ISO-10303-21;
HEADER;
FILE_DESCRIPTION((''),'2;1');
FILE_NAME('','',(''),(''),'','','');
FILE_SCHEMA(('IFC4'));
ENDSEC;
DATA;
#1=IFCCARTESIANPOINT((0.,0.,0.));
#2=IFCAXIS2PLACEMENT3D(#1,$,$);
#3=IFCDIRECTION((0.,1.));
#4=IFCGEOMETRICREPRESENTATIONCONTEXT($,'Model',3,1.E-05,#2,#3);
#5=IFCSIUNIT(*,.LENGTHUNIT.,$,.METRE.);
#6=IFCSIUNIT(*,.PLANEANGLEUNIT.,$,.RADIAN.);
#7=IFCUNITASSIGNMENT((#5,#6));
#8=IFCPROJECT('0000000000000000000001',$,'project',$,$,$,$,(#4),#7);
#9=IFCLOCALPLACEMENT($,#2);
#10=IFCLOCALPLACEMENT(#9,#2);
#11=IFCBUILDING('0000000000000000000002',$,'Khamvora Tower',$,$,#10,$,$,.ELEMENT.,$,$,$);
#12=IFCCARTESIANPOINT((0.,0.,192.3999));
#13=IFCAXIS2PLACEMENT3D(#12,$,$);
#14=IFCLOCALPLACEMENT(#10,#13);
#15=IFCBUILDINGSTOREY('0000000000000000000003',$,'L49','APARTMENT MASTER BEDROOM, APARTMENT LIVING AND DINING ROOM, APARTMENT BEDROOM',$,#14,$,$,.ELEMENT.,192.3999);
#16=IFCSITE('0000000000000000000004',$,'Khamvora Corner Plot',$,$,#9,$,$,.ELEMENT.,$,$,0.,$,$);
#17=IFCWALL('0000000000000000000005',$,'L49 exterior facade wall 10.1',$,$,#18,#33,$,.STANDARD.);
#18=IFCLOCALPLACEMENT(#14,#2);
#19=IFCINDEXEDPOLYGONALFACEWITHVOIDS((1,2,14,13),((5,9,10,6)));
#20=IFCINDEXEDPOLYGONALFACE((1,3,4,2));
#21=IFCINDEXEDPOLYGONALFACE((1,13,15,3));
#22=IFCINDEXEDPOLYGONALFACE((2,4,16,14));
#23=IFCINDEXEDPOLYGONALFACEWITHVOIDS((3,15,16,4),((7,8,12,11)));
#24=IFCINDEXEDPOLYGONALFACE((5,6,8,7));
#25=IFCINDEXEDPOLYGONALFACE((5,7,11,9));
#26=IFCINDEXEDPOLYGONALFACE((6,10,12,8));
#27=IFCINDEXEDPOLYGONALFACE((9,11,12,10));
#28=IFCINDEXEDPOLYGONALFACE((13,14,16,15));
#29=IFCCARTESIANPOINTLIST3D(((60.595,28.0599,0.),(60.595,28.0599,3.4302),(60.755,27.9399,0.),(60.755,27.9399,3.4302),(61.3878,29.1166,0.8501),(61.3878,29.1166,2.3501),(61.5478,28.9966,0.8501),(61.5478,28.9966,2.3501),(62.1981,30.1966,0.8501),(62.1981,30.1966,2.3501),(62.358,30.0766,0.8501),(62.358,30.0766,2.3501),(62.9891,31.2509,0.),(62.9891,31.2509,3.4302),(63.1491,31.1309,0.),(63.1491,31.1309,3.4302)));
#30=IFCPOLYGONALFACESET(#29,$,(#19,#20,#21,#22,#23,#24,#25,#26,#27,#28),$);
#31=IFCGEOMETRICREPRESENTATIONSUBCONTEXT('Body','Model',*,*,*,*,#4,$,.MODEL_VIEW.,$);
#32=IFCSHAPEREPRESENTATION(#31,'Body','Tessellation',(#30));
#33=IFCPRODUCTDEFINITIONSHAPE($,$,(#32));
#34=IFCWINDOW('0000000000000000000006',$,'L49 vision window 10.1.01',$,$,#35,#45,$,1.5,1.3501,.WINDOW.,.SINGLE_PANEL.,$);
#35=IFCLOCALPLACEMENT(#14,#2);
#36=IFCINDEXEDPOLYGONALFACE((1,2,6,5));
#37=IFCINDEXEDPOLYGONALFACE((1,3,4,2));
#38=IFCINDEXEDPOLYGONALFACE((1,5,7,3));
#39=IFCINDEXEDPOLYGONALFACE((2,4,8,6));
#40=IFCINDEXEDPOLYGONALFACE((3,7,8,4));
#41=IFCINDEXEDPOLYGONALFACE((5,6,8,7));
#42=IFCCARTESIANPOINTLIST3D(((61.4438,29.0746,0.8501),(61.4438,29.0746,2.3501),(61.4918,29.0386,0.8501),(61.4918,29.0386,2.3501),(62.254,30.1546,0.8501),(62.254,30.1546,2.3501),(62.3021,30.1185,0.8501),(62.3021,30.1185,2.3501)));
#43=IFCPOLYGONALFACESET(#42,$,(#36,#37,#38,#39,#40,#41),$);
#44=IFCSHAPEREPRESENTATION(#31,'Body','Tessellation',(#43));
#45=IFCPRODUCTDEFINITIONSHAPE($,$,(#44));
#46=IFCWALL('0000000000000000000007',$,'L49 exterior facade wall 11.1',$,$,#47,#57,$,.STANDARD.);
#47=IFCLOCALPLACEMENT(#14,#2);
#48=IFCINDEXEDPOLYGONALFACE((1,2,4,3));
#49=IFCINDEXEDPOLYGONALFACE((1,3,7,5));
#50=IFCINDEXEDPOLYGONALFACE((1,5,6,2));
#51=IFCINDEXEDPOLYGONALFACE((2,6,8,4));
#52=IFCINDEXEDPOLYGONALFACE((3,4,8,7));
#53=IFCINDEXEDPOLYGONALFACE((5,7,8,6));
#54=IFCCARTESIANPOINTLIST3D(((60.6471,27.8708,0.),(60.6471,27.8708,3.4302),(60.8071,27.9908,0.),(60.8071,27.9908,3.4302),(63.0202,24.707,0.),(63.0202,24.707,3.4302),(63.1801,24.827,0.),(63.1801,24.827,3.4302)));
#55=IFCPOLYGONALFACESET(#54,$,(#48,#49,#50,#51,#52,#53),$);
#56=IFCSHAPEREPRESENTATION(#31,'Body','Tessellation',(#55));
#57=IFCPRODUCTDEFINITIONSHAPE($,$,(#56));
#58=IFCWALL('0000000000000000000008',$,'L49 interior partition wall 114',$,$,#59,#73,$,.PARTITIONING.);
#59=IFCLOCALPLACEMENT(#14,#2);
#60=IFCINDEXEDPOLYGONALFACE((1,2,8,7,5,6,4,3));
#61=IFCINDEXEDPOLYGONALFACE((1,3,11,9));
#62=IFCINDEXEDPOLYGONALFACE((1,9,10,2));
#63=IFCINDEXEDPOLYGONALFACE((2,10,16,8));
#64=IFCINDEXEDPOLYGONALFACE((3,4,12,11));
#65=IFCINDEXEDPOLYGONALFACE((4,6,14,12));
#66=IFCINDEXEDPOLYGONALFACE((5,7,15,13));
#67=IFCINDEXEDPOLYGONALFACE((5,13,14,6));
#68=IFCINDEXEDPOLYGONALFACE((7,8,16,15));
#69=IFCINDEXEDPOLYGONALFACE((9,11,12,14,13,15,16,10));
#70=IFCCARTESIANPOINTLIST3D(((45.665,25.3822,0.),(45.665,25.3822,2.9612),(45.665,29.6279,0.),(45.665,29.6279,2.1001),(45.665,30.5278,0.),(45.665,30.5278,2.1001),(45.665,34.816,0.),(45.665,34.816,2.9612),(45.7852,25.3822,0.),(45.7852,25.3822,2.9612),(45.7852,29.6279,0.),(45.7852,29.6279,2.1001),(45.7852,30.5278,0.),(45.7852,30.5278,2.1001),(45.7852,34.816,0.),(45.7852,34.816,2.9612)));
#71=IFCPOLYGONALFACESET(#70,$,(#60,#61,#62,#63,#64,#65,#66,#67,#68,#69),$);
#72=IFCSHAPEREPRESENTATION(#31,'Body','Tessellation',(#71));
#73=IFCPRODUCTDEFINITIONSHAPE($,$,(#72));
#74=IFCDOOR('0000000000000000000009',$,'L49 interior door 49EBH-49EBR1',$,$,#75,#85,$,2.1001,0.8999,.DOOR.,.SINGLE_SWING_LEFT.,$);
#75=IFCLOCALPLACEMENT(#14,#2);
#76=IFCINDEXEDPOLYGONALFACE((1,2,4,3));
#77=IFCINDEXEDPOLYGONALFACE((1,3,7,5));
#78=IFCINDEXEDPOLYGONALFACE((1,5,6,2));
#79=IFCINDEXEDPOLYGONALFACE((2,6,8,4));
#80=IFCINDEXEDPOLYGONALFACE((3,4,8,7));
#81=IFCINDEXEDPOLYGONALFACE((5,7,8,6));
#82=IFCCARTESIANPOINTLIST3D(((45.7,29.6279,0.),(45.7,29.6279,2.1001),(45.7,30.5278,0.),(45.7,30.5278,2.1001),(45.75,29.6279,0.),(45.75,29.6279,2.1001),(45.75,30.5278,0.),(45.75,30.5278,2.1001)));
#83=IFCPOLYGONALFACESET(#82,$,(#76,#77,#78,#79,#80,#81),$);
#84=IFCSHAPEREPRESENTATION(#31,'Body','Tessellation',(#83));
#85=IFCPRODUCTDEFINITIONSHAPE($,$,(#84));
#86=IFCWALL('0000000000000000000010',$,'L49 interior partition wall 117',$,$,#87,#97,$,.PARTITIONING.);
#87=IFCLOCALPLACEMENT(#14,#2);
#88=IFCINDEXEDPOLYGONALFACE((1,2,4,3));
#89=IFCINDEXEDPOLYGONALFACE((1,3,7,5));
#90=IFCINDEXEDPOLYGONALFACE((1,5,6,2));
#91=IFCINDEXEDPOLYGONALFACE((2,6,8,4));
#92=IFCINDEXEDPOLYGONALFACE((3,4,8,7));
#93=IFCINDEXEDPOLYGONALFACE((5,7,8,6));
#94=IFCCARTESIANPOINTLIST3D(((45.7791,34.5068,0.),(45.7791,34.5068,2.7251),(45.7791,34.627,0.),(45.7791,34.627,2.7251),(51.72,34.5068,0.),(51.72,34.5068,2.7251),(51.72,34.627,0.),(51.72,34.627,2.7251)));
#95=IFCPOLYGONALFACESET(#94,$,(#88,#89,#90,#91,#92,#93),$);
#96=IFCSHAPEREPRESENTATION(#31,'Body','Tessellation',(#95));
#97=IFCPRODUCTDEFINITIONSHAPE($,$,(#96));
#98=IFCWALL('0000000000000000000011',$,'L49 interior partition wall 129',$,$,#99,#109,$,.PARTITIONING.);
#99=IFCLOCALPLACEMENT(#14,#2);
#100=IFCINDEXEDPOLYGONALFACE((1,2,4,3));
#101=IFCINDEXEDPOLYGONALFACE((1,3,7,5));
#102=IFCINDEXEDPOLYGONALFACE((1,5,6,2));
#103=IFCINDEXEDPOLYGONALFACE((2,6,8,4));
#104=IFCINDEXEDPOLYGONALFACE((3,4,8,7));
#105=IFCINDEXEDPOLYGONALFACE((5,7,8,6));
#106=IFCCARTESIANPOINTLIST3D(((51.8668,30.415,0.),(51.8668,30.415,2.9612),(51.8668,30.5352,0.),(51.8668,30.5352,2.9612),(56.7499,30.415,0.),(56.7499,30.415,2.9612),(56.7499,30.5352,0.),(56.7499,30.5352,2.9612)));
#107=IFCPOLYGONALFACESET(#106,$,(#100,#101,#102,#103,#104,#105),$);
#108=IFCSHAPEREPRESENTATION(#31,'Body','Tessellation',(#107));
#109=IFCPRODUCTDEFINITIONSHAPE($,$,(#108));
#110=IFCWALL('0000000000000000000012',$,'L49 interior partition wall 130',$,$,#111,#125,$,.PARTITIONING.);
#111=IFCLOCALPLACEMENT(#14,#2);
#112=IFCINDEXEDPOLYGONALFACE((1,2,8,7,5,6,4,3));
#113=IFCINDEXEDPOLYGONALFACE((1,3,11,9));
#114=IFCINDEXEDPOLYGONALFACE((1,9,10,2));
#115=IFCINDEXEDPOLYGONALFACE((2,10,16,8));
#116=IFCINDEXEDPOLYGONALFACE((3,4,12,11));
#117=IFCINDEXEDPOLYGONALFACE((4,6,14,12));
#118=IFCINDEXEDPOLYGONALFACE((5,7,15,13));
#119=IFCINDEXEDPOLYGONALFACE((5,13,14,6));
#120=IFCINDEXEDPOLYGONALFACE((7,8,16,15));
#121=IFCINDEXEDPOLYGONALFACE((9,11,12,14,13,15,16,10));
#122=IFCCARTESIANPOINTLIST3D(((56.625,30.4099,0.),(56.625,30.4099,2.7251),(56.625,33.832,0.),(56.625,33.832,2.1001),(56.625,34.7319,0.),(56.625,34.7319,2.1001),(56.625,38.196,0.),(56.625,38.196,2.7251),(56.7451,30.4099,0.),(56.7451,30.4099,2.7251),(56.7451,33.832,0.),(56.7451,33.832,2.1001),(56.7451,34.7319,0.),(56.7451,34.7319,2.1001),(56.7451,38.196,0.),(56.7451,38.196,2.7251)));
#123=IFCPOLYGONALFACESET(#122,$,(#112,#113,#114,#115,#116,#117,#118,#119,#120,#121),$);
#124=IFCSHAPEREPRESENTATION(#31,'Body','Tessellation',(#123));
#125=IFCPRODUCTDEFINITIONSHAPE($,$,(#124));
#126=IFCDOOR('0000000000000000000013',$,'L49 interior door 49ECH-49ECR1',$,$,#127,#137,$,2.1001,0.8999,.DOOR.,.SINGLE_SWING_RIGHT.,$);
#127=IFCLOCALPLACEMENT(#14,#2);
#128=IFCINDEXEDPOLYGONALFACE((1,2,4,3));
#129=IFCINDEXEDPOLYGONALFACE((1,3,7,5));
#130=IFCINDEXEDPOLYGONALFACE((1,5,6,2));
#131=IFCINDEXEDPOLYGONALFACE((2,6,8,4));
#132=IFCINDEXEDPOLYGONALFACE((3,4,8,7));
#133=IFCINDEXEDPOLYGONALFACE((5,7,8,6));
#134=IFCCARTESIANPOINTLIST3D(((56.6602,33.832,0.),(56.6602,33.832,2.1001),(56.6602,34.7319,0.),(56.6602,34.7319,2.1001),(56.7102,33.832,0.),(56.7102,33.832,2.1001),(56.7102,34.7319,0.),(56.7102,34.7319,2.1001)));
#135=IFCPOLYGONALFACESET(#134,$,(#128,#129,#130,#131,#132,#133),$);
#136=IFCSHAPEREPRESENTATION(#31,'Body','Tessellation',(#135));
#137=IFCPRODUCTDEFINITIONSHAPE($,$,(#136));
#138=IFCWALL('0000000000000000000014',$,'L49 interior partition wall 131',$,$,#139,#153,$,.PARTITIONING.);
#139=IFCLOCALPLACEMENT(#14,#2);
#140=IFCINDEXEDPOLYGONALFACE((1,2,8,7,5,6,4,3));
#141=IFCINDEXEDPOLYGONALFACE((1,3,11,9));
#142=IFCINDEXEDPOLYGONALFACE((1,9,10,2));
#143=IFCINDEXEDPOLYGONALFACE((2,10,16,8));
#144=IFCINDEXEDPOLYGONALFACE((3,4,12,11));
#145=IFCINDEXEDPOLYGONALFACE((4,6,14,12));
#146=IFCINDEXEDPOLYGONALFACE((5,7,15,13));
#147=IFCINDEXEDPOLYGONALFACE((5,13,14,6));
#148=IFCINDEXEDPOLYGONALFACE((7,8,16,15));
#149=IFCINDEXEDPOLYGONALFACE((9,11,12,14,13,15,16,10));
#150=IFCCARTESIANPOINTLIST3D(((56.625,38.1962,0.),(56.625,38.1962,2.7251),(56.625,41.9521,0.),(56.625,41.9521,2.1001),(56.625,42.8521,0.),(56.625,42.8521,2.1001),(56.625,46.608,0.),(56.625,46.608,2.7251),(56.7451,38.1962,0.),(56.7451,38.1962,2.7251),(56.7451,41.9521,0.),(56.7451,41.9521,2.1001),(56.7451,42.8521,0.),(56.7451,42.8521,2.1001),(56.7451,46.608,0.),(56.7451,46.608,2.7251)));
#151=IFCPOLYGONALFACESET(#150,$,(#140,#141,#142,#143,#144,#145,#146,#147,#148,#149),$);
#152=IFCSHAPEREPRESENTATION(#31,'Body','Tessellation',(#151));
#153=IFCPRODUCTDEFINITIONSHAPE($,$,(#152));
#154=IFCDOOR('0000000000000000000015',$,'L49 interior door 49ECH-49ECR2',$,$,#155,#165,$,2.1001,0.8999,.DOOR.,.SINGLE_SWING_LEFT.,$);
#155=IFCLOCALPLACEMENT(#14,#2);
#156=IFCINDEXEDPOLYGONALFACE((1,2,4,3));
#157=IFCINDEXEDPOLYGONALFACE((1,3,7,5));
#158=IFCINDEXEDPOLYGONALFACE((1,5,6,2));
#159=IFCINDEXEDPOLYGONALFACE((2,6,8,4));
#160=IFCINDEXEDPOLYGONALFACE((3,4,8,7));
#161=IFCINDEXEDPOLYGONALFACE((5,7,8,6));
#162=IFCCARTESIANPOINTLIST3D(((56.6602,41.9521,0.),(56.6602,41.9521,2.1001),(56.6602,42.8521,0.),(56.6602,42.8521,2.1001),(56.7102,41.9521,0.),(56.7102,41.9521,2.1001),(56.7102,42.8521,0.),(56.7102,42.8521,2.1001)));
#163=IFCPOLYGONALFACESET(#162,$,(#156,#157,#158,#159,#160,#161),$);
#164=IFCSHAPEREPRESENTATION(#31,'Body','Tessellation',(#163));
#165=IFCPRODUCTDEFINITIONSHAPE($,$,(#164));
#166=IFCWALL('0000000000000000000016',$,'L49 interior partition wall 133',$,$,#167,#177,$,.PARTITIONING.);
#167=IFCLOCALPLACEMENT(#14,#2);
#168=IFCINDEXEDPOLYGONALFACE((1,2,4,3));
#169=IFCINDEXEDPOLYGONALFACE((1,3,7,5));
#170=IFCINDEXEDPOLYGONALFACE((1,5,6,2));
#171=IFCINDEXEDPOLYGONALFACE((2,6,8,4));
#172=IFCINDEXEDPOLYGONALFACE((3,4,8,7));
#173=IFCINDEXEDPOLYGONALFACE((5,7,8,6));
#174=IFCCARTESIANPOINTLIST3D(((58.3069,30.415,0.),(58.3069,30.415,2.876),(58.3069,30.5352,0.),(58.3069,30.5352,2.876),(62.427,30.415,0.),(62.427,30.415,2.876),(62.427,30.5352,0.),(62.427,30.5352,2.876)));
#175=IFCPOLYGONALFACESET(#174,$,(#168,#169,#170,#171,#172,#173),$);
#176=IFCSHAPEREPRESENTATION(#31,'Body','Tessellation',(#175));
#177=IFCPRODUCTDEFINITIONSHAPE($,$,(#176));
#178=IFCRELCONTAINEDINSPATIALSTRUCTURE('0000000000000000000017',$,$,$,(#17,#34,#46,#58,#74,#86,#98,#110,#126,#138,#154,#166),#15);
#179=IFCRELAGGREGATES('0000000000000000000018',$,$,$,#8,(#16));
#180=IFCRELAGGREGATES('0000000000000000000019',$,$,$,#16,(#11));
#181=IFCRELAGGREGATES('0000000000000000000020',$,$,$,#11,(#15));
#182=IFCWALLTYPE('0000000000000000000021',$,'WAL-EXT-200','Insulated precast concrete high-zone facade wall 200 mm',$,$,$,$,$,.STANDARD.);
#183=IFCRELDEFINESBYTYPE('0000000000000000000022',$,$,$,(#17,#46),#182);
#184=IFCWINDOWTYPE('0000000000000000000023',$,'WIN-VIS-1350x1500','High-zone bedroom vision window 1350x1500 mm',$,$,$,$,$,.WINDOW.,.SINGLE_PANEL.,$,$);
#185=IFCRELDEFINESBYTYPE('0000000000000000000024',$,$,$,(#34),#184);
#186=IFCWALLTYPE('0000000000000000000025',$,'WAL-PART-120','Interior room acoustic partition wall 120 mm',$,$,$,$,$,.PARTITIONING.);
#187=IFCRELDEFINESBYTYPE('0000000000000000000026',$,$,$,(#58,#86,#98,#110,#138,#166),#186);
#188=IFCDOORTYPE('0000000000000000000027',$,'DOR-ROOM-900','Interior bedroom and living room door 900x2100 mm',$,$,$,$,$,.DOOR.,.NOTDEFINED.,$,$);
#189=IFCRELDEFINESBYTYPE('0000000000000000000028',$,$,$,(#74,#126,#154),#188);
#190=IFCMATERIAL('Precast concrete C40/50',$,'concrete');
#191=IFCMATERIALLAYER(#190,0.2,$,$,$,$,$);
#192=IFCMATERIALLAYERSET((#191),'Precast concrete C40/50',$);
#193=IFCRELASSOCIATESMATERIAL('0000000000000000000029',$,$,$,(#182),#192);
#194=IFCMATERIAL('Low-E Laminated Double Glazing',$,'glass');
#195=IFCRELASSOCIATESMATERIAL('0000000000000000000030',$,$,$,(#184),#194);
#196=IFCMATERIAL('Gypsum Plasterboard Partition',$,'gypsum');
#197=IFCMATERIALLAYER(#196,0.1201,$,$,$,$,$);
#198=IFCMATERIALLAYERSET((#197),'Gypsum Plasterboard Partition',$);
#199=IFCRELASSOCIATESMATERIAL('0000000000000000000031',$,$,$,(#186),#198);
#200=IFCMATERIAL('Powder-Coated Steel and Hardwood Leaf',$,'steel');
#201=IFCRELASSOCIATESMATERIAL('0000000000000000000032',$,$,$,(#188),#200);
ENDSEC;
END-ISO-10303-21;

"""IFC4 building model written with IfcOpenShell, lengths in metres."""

from ifc_helpers import new_model, si_unit, direction, frame, frame_2d, origin, place, context, subcontext, project, spatial, rectangle, extrude, material, layer, layer_set, type_object, element, fill, save


model = new_model("IFC4")

# Units and contexts
model_context = context("Model", 3, precision=1e-05, world=origin(), true_north=direction((0.0, 1.0)))
body_context = subcontext(model_context, "Body", "Model", "MODEL_VIEW")
ifc_project = project(units=[si_unit("LENGTHUNIT", "METRE"), si_unit("PLANEANGLEUNIT", "RADIAN")], contexts=[model_context])

# Site, building, storey
site_placement = place(None, origin())
site = spatial("IfcSite", under=ifc_project, at=site_placement, Name="Khamvora Corner Plot", CompositionType="ELEMENT", RefElevation=0.0)
building_placement = place(site_placement, origin())
building = spatial("IfcBuilding", under=site, at=building_placement, Name="Khamvora Tower", CompositionType="ELEMENT")
storey_placement = place(building_placement, frame((0.0, 0.0, 192.3999)))
storey = spatial("IfcBuildingStorey", under=building, at=storey_placement, Name="L49", Description="APARTMENT MASTER BEDROOM, APARTMENT LIVING AND DINING ROOM, APARTMENT BEDROOM", CompositionType="ELEMENT", Elevation=192.3999)

# Wall, opening, window
ifc_material_1 = material(Name="Precast concrete C40/50", Category="concrete")
ifc_layer_1 = layer(ifc_material_1, 0.2)
ifc_layer_set_1 = layer_set([ifc_layer_1], Name="Precast concrete C40/50")
wall_type_1 = type_object("IfcWallType", Name="WAL-EXT-200", Description="Insulated precast concrete high-zone facade wall 200 mm", PredefinedType="STANDARD", material=ifc_layer_set_1)
wall_1_placement = place(storey_placement, frame((63.0691, 31.1909, 0.0), z_axis=(0.0, 0.0, 1.0), x_axis=(-0.600137, -0.799897, 0.0)))
wall_1 = element("IfcWall", 1, at=wall_1_placement, inside=storey, type_object=wall_type_1, Name="L49 exterior facade wall 10.1", PredefinedType="STANDARD", context=body_context, shape_type="SweptSolid", body=[
    extrude(rectangle(XDim=3.9893, YDim=0.2, at=frame_2d((1.9946, 0.0))), origin(), (0.0, 0.0, 1.0), 3.4302),
])
opening_1_placement = place(wall_1_placement, frame((1.3181, 0.0, 0.8501)))
opening_1 = element("IfcOpeningElement", 2, at=opening_1_placement, cuts=wall_1, PredefinedType="OPENING", context=body_context, shape_type="SweptSolid", body=[
    extrude(rectangle(XDim=1.3501, YDim=1.5, at=frame_2d((0.675, 0.75))), frame((0.0, 0.1099, 0.0), z_axis=(0.0, -1.0, 0.0), x_axis=(1.0, 0.0, 0.0)), (0.0, 0.0, 1.0), 0.22),
])
ifc_material_2 = material(Name="Low-E Laminated Double Glazing", Category="glass")
window_type = type_object("IfcWindowType", Name="WIN-VIS-1350x1500", Description="High-zone bedroom vision window 1350x1500 mm", PartitioningType="SINGLE_PANEL", PredefinedType="WINDOW", material=ifc_material_2)
window_placement = place(opening_1_placement, origin())
window = element("IfcWindow", 3, at=window_placement, inside=storey, type_object=window_type, Name="L49 vision window 10.1.01", OverallHeight=1.5, OverallWidth=1.3501, PartitioningType="SINGLE_PANEL", PredefinedType="WINDOW", context=body_context, shape_type="SweptSolid", body=[
    extrude(rectangle(XDim=1.3501, YDim=1.5, at=frame_2d((0.675, 0.75))), frame((0.0, 0.03, 0.0), z_axis=(0.0, -1.0, 0.0), x_axis=(1.0, 0.0, 0.0)), (0.0, 0.0, 1.0), 0.0601),
])
fill(opening_1, window)

# Wall
wall_2_placement = place(storey_placement, frame((60.7271, 27.9309, 0.0), z_axis=(0.0, 0.0, 1.0), x_axis=(0.60003, -0.799978, 0.0)))
element("IfcWall", 4, at=wall_2_placement, inside=storey, type_object=wall_type_1, Name="L49 exterior facade wall 11.1", PredefinedType="STANDARD", context=body_context, shape_type="SweptSolid", body=[
    extrude(rectangle(XDim=3.9548, YDim=0.2, at=frame_2d((1.9775, 0.0))), origin(), (0.0, 0.0, 1.0), 3.4302),
])

# Wall, opening, door
ifc_material_3 = material(Name="Gypsum Plasterboard Partition", Category="gypsum")
ifc_layer_2 = layer(ifc_material_3, 0.1201)
ifc_layer_set_2 = layer_set([ifc_layer_2], Name="Gypsum Plasterboard Partition")
wall_type_2 = type_object("IfcWallType", Name="WAL-PART-120", Description="Interior room acoustic partition wall 120 mm", PredefinedType="PARTITIONING", material=ifc_layer_set_2)
wall_3_placement = place(storey_placement, frame((45.7251, 34.8159, 0.0), z_axis=(0.0, 0.0, 1.0), x_axis=(0.0, -1.0, 0.0)))
wall_3 = element("IfcWall", 5, at=wall_3_placement, inside=storey, type_object=wall_type_2, Name="L49 interior partition wall 114", PredefinedType="PARTITIONING", context=body_context, shape_type="SweptSolid", body=[
    extrude(rectangle(XDim=9.4338, YDim=0.1201, at=frame_2d((4.7168, 0.0))), origin(), (0.0, 0.0, 1.0), 2.9612),
])
opening_2_placement = place(wall_3_placement, frame((4.2881, 0.0, 0.0)))
opening_2 = element("IfcOpeningElement", 6, at=opening_2_placement, cuts=wall_3, PredefinedType="OPENING", context=body_context, shape_type="SweptSolid", body=[
    extrude(rectangle(XDim=0.8999, YDim=2.1001, at=frame_2d((0.45, 1.05))), frame((0.0, 0.0701, 0.0), z_axis=(0.0, -1.0, 0.0), x_axis=(1.0, 0.0, 0.0)), (0.0, 0.0, 1.0), 0.1401),
])
ifc_material_4 = material(Name="Powder-Coated Steel and Hardwood Leaf", Category="steel")
door_type_1 = type_object("IfcDoorType", Name="DOR-ROOM-900", Description="Interior bedroom and living room door 900x2100 mm", OperationType="NOTDEFINED", PredefinedType="DOOR", material=ifc_material_4)
door_1_placement = place(opening_2_placement, origin())
door_1 = element("IfcDoor", 7, at=door_1_placement, inside=storey, type_object=door_type_1, Name="L49 interior door 49EBH-49EBR1", OperationType="SINGLE_SWING_LEFT", OverallHeight=2.1001, OverallWidth=0.8999, PredefinedType="DOOR", context=body_context, shape_type="SweptSolid", body=[
    extrude(rectangle(XDim=0.8999, YDim=2.1001, at=frame_2d((0.45, 1.05))), frame((0.0, 0.0249, 0.0), z_axis=(0.0, -1.0, 0.0), x_axis=(1.0, 0.0, 0.0)), (0.0, 0.0, 1.0), 0.05),
])
fill(opening_2, door_1)

# Walls
wall_4_placement = place(storey_placement, frame((45.7791, 34.5669, 0.0), z_axis=(0.0, 0.0, 1.0), x_axis=(1.0, 0.0, 0.0)))
element("IfcWall", 8, at=wall_4_placement, inside=storey, type_object=wall_type_2, Name="L49 interior partition wall 117", PredefinedType="PARTITIONING", context=body_context, shape_type="SweptSolid", body=[
    extrude(rectangle(XDim=5.9409, YDim=0.1201, at=frame_2d((2.9705, 0.0))), origin(), (0.0, 0.0, 1.0), 2.7251),
])
wall_5_placement = place(storey_placement, frame((51.8669, 30.4751, 0.0), z_axis=(0.0, 0.0, 1.0), x_axis=(1.0, 0.0, 0.0)))
element("IfcWall", 9, at=wall_5_placement, inside=storey, type_object=wall_type_2, Name="L49 interior partition wall 129", PredefinedType="PARTITIONING", context=body_context, shape_type="SweptSolid", body=[
    extrude(rectangle(XDim=4.8831, YDim=0.1201, at=frame_2d((2.4414, 0.0))), origin(), (0.0, 0.0, 1.0), 2.9612),
])

# Walls, openings, doors
wall_6_placement = place(storey_placement, frame((56.6851, 30.4099, 0.0), z_axis=(0.0, 0.0, 1.0), x_axis=(0.0, 1.0, 0.0)))
wall_6 = element("IfcWall", 10, at=wall_6_placement, inside=storey, type_object=wall_type_2, Name="L49 interior partition wall 130", PredefinedType="PARTITIONING", context=body_context, shape_type="SweptSolid", body=[
    extrude(rectangle(XDim=7.7861, YDim=0.1201, at=frame_2d((3.8931, 0.0))), origin(), (0.0, 0.0, 1.0), 2.7251),
])
opening_3_placement = place(wall_6_placement, frame((3.4221, 0.0, 0.0)))
opening_3 = element("IfcOpeningElement", 11, at=opening_3_placement, cuts=wall_6, PredefinedType="OPENING", context=body_context, shape_type="SweptSolid", body=[
    extrude(rectangle(XDim=0.8999, YDim=2.1001, at=frame_2d((0.45, 1.05))), frame((0.0, 0.0701, 0.0), z_axis=(0.0, -1.0, 0.0), x_axis=(1.0, 0.0, 0.0)), (0.0, 0.0, 1.0), 0.1401),
])
door_2_placement = place(opening_3_placement, origin())
door_2 = element("IfcDoor", 12, at=door_2_placement, inside=storey, type_object=door_type_1, Name="L49 interior door 49ECH-49ECR1", OperationType="SINGLE_SWING_RIGHT", OverallHeight=2.1001, OverallWidth=0.8999, PredefinedType="DOOR", context=body_context, shape_type="SweptSolid", body=[
    extrude(rectangle(XDim=0.8999, YDim=2.1001, at=frame_2d((0.45, 1.05))), frame((0.0, 0.0249, 0.0), z_axis=(0.0, -1.0, 0.0), x_axis=(1.0, 0.0, 0.0)), (0.0, 0.0, 1.0), 0.05),
])
fill(opening_3, door_2)
wall_7_placement = place(storey_placement, frame((56.6851, 38.196, 0.0), z_axis=(0.0, 0.0, 1.0), x_axis=(0.0, 1.0, 0.0)))
wall_7 = element("IfcWall", 13, at=wall_7_placement, inside=storey, type_object=wall_type_2, Name="L49 interior partition wall 131", PredefinedType="PARTITIONING", context=body_context, shape_type="SweptSolid", body=[
    extrude(rectangle(XDim=8.4119, YDim=0.1201, at=frame_2d((4.2061, 0.0))), origin(), (0.0, 0.0, 1.0), 2.7251),
])
opening_4_placement = place(wall_7_placement, frame((3.7561, 0.0, 0.0)))
opening_4 = element("IfcOpeningElement", 14, at=opening_4_placement, cuts=wall_7, PredefinedType="OPENING", context=body_context, shape_type="SweptSolid", body=[
    extrude(rectangle(XDim=0.8999, YDim=2.1001, at=frame_2d((0.45, 1.05))), frame((0.0, 0.0701, 0.0), z_axis=(0.0, -1.0, 0.0), x_axis=(1.0, 0.0, 0.0)), (0.0, 0.0, 1.0), 0.1401),
])
door_3_placement = place(opening_4_placement, origin())
door_3 = element("IfcDoor", 15, at=door_3_placement, inside=storey, type_object=door_type_1, Name="L49 interior door 49ECH-49ECR2", OperationType="SINGLE_SWING_LEFT", OverallHeight=2.1001, OverallWidth=0.8999, PredefinedType="DOOR", context=body_context, shape_type="SweptSolid", body=[
    extrude(rectangle(XDim=0.8999, YDim=2.1001, at=frame_2d((0.45, 1.05))), frame((0.0, 0.0249, 0.0), z_axis=(0.0, -1.0, 0.0), x_axis=(1.0, 0.0, 0.0)), (0.0, 0.0, 1.0), 0.05),
])
fill(opening_4, door_3)

# Wall
wall_8_placement = place(storey_placement, frame((58.3069, 30.4751, 0.0), z_axis=(0.0, 0.0, 1.0), x_axis=(1.0, 0.0, 0.0)))
element("IfcWall", 16, at=wall_8_placement, inside=storey, type_object=wall_type_2, Name="L49 interior partition wall 133", PredefinedType="PARTITIONING", context=body_context, shape_type="SweptSolid", body=[
    extrude(rectangle(XDim=4.1201, YDim=0.1201, at=frame_2d((2.0601, 0.0))), origin(), (0.0, 0.0, 1.0), 2.876),
])

save(model, "model.ifc")
